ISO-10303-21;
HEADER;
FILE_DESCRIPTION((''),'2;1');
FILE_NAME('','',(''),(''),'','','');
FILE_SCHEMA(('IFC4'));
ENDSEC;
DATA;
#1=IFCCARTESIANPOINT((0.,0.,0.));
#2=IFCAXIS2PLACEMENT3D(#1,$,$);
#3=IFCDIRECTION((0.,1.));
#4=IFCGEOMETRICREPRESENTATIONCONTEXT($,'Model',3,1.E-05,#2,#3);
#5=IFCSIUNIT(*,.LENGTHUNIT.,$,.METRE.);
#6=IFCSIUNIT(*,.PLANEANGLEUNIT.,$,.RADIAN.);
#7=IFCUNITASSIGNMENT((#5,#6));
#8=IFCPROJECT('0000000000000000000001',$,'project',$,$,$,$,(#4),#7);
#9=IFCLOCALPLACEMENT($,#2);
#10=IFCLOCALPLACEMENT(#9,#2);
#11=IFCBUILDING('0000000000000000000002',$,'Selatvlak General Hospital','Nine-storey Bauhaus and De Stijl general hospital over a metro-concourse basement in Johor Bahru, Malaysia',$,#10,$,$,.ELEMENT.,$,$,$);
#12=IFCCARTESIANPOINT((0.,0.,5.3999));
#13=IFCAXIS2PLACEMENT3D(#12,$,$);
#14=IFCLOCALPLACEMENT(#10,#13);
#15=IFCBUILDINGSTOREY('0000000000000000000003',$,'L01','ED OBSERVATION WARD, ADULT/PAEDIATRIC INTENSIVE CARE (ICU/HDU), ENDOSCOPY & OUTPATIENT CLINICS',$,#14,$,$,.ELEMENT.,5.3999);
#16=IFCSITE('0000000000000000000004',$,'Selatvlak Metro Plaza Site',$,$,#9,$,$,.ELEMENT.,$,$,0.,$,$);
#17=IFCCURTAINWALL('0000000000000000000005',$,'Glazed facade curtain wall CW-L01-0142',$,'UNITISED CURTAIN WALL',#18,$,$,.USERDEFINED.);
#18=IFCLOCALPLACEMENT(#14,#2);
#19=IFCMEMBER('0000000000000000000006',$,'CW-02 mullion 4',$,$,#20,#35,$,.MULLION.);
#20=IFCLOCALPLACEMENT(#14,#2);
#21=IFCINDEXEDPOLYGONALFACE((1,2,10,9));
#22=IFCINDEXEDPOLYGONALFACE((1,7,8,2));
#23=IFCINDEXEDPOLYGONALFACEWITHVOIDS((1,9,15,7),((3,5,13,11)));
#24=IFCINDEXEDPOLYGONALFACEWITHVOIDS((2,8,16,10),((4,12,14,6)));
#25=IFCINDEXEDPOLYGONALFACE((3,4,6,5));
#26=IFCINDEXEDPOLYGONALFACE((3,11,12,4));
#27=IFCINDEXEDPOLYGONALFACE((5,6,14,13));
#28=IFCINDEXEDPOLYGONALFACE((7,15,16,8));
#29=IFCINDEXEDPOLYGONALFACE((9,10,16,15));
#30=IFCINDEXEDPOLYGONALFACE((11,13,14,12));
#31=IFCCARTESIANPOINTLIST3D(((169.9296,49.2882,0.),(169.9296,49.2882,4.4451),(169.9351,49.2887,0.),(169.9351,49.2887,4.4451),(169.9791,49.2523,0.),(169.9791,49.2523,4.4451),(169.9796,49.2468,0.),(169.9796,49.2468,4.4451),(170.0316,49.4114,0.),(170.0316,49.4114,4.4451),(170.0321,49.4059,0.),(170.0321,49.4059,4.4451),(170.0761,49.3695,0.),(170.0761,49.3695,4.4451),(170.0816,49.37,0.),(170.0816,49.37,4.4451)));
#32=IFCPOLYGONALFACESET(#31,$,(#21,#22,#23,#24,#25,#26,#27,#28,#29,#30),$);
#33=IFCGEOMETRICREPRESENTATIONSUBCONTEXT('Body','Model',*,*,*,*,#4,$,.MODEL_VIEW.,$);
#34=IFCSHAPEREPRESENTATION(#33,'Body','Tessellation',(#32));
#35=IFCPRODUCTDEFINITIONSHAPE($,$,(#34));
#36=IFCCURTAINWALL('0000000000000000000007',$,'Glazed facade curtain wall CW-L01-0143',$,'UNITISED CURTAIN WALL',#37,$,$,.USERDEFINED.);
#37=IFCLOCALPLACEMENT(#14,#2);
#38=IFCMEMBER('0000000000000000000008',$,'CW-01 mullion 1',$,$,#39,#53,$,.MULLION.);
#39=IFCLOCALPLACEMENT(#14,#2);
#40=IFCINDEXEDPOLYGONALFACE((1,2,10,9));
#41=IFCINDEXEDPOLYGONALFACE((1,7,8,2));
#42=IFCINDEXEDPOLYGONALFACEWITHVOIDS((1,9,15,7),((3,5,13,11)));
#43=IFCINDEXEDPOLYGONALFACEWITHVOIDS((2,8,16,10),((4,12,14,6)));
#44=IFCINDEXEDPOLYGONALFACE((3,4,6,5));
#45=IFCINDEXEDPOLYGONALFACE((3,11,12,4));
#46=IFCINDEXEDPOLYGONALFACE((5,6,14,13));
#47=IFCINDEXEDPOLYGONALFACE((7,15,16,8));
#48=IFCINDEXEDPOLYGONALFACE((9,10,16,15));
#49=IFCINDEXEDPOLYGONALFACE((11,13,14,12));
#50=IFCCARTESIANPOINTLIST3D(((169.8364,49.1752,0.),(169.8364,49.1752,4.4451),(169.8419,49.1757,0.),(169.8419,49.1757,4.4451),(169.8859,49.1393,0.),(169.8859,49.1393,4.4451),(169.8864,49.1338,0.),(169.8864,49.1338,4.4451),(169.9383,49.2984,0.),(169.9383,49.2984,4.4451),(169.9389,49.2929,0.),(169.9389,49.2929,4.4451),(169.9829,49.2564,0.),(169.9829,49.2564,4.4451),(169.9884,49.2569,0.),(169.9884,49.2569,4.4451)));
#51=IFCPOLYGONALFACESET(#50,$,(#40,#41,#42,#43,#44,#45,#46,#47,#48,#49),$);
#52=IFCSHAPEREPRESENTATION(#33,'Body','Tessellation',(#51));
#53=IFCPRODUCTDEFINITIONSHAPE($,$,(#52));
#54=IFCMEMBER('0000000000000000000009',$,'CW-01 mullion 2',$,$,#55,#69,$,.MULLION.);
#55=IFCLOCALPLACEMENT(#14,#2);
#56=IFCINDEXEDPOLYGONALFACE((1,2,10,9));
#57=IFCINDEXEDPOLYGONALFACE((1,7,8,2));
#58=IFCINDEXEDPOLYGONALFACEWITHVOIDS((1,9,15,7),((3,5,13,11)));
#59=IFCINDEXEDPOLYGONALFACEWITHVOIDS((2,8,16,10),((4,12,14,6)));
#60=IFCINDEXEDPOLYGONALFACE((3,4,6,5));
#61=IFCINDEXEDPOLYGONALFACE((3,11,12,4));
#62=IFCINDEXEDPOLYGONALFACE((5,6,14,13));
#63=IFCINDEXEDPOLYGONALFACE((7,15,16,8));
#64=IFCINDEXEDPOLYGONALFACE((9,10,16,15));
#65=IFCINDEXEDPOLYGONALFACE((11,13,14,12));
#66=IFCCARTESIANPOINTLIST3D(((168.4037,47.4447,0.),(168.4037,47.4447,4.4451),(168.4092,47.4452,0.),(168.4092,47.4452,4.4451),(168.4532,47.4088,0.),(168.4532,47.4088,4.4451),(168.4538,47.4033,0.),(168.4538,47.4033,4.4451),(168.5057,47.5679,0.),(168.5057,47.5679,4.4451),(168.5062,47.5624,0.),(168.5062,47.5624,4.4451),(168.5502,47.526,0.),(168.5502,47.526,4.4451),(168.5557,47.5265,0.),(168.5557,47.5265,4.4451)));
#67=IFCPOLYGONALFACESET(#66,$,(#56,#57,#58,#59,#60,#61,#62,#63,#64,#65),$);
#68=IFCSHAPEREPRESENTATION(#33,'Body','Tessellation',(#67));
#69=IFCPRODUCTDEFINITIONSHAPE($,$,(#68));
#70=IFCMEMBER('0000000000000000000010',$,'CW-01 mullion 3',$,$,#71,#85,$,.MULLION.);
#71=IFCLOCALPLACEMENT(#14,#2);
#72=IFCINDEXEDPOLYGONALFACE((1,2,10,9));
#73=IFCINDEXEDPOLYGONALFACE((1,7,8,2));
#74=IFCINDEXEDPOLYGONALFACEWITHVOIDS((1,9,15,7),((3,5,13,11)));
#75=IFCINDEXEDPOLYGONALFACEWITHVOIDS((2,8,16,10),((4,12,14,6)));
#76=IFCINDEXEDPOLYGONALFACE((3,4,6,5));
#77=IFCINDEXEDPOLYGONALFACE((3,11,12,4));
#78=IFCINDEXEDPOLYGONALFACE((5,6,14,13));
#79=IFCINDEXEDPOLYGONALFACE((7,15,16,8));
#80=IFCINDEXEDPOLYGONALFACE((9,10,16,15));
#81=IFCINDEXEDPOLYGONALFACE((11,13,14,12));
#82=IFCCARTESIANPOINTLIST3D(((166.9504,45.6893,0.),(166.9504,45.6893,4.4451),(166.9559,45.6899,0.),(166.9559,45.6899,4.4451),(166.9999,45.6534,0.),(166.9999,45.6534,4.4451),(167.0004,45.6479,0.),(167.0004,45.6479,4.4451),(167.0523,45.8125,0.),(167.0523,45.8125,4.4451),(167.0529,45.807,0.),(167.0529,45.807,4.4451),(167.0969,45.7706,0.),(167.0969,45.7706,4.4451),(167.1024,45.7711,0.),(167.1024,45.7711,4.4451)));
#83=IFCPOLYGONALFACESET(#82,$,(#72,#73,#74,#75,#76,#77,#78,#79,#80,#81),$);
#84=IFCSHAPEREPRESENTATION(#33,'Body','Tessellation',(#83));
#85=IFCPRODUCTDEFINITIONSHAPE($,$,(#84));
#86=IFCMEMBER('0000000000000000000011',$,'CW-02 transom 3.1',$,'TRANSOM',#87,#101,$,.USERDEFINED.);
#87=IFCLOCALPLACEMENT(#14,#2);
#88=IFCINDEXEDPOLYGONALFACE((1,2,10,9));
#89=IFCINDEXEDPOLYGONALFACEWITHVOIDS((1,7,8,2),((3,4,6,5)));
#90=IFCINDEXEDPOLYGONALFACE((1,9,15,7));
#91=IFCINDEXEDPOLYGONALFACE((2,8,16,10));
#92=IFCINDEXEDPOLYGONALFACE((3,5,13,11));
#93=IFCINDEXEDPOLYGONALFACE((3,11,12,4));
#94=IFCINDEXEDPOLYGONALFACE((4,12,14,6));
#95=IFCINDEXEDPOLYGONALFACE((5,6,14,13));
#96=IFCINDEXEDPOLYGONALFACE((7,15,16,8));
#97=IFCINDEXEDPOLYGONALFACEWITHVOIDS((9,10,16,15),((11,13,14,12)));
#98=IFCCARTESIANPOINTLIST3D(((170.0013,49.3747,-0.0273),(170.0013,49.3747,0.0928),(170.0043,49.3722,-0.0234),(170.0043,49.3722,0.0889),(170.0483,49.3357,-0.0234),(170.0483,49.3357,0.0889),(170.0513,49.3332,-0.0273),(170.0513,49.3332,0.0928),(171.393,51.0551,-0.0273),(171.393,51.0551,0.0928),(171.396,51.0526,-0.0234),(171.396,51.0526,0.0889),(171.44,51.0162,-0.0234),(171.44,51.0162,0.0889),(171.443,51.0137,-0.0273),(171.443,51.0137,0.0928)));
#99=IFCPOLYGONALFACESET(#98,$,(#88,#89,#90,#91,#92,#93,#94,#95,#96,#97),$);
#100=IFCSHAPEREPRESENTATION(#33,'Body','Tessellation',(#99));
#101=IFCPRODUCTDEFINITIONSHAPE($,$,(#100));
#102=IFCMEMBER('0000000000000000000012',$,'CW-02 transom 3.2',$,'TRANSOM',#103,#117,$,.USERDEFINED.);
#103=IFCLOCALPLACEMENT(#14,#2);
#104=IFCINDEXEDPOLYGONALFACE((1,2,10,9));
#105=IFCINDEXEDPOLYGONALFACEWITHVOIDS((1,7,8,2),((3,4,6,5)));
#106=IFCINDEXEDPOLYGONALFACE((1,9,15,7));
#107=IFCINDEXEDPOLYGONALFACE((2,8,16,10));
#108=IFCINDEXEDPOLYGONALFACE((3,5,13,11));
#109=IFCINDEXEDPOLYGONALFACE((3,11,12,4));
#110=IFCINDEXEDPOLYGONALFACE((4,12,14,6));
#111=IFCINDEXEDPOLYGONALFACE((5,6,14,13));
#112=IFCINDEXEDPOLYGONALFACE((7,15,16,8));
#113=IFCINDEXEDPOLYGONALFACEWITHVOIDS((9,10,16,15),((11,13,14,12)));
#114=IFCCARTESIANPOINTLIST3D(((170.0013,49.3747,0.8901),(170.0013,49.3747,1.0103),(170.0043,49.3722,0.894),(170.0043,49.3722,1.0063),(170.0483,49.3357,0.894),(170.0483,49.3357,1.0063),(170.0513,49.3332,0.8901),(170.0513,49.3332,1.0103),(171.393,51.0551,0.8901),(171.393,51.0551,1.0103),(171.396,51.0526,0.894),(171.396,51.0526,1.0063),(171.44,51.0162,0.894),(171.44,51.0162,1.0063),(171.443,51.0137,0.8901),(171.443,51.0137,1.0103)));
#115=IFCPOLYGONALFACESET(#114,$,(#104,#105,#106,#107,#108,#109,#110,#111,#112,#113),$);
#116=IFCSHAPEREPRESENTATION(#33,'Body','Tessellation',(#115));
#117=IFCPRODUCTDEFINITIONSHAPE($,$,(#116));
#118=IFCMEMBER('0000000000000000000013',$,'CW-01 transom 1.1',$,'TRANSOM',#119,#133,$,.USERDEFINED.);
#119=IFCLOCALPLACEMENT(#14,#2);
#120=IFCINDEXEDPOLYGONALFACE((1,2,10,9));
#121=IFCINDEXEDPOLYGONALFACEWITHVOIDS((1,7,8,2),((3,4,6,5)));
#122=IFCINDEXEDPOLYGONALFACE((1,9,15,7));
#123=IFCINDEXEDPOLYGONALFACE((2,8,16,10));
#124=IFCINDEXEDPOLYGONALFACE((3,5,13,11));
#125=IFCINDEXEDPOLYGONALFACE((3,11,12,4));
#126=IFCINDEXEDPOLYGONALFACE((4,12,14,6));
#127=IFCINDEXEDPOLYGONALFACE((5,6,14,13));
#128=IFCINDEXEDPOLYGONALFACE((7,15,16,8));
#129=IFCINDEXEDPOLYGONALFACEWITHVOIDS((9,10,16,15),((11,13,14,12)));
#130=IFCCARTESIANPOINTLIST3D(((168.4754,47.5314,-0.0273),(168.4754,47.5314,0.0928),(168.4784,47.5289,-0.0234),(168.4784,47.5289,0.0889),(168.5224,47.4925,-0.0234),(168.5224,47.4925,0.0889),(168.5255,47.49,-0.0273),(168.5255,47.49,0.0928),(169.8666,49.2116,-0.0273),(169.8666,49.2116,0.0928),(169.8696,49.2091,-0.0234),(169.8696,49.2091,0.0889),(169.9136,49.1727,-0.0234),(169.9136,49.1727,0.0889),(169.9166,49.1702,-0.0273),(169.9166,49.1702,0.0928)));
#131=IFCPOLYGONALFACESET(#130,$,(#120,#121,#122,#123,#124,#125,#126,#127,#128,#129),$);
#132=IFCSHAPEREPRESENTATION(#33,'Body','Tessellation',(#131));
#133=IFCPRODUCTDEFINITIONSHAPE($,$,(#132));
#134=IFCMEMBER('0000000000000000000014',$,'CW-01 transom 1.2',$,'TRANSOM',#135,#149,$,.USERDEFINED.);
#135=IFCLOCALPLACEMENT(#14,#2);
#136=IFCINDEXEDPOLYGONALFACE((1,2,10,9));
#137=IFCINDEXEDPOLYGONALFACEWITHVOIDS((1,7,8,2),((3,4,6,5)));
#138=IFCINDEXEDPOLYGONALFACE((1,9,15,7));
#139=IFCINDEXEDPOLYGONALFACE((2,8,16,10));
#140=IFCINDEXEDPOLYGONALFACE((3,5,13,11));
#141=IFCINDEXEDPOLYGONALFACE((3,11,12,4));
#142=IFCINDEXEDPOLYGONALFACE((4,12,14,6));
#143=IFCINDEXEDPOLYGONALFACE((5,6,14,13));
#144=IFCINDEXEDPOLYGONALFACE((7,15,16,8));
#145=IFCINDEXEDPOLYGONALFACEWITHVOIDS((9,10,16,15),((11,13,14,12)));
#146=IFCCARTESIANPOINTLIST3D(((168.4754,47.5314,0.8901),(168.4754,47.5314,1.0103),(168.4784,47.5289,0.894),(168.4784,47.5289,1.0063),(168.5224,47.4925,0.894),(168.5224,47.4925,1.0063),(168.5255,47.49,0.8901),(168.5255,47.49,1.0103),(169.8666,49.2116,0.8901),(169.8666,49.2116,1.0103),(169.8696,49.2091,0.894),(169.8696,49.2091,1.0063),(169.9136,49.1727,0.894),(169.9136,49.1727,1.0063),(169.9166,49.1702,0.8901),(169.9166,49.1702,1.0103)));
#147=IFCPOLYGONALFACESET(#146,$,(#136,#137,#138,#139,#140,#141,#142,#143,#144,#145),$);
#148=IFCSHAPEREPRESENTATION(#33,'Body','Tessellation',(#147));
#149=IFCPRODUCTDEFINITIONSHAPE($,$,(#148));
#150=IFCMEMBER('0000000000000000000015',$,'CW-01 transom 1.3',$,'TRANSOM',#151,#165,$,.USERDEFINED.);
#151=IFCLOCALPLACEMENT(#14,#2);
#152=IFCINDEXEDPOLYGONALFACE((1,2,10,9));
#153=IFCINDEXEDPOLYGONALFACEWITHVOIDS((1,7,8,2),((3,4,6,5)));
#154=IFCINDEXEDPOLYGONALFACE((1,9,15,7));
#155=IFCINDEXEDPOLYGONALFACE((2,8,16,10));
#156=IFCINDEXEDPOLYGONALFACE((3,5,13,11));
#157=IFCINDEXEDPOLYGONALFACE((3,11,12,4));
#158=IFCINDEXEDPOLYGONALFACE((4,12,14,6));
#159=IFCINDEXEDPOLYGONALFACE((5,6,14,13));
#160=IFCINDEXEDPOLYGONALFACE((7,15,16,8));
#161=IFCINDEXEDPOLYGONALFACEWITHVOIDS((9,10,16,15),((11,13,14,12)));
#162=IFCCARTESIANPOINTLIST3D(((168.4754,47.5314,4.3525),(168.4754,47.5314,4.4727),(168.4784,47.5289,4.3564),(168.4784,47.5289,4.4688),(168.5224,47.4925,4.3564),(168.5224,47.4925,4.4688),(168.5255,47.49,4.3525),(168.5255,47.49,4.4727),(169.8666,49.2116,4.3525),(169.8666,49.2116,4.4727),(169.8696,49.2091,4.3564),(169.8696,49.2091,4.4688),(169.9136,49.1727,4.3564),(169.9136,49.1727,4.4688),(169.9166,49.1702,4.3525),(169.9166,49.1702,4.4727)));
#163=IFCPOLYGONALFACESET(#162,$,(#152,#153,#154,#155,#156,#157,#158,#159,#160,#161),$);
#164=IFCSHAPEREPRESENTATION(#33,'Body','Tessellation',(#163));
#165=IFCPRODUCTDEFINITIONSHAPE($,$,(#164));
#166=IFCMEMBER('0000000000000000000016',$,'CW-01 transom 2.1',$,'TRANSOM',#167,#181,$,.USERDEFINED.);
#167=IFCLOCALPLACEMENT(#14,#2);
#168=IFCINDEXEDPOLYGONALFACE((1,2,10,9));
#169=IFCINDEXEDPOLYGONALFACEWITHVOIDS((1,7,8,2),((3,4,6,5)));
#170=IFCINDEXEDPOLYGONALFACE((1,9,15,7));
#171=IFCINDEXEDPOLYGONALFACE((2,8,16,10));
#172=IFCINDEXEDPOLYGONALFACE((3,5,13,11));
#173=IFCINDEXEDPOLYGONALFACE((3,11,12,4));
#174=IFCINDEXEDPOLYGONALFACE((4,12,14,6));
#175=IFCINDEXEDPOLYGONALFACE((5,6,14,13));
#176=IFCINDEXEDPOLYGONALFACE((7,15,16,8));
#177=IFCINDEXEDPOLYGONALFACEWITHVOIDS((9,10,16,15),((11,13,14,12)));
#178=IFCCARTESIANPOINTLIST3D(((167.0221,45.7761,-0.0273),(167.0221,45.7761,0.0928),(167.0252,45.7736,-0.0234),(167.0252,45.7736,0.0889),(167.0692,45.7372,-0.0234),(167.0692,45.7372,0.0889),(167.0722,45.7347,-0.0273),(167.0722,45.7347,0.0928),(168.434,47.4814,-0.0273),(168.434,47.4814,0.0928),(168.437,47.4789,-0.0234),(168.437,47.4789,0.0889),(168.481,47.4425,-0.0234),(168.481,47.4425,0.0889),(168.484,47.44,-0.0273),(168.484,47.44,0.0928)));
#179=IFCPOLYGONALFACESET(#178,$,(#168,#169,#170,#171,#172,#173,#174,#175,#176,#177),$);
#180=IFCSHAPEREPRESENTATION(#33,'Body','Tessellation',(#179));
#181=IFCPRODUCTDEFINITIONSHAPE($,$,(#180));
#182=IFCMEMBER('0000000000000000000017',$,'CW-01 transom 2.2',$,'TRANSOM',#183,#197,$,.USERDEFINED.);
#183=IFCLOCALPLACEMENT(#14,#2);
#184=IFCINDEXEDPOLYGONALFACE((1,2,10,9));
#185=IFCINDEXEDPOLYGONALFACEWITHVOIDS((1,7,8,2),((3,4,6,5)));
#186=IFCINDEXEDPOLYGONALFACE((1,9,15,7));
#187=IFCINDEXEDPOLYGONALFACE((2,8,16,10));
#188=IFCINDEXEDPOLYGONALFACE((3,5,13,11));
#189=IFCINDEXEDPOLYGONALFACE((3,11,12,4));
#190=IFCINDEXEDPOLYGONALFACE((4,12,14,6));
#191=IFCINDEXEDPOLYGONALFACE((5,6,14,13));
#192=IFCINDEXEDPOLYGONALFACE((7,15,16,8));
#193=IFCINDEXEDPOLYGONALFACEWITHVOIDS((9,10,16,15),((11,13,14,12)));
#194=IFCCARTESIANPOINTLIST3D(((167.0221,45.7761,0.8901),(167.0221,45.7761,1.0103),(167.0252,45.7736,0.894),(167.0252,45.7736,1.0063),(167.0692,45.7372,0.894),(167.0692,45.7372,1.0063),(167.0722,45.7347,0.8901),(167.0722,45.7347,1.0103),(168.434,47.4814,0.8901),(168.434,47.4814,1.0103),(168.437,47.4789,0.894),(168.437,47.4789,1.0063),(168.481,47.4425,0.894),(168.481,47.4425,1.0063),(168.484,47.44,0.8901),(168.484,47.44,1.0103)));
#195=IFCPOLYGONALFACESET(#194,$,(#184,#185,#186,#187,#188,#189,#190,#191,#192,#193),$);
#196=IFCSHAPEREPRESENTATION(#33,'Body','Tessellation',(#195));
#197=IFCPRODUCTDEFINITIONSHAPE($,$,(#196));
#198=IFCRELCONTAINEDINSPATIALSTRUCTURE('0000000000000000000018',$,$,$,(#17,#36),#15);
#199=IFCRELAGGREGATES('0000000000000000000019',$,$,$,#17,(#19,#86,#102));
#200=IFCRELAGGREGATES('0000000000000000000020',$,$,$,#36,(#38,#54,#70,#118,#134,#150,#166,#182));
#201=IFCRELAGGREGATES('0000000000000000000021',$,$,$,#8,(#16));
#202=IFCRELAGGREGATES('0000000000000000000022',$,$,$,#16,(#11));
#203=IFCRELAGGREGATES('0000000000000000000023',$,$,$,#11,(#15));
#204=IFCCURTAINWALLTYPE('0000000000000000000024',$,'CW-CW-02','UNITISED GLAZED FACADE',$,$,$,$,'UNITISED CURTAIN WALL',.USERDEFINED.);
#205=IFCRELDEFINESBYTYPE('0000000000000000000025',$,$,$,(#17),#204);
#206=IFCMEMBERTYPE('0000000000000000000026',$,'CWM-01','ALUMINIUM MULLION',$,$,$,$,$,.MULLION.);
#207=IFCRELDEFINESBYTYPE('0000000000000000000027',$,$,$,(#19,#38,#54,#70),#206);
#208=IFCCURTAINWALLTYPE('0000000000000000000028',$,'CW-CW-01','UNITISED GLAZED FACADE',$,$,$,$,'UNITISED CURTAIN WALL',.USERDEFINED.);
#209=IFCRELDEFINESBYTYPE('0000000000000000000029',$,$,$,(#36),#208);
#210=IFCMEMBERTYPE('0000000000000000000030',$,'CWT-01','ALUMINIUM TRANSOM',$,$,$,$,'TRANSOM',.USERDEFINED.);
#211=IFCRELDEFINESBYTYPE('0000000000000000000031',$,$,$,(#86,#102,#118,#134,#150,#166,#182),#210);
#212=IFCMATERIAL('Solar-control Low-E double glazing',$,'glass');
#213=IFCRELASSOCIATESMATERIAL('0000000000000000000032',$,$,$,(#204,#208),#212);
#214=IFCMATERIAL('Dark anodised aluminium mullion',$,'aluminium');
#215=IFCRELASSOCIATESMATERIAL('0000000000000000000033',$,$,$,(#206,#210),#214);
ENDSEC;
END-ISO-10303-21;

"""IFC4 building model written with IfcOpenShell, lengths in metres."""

from ifc_helpers import new_model, si_unit, direction, frame, origin, origin_2d, place, context, subcontext, project, spatial, hollow_rectangle, extrude, material, material_profile, profile_set, type_object, element, aggregate, save


model = new_model("IFC4")

# Units and contexts
model_context = context("Model", 3, precision=1e-05, world=origin(), true_north=direction((0.0, 1.0)))
body_context = subcontext(model_context, "Body", "Model", "MODEL_VIEW")
ifc_project = project(units=[si_unit("LENGTHUNIT", "METRE"), si_unit("PLANEANGLEUNIT", "RADIAN")], contexts=[model_context])

# Site, building, storey
site_placement = place(None, origin())
site = spatial("IfcSite", under=ifc_project, at=site_placement, Name="Selatvlak Metro Plaza Site", CompositionType="ELEMENT", RefElevation=0.0)
building_placement = place(site_placement, origin())
building = spatial("IfcBuilding", under=site, at=building_placement, Name="Selatvlak General Hospital", Description="Nine-storey Bauhaus and De Stijl general hospital over a metro-concourse basement in Johor Bahru, Malaysia", CompositionType="ELEMENT")
storey_placement = place(building_placement, frame((0.0, 0.0, 5.3999)))
storey = spatial("IfcBuildingStorey", under=building, at=storey_placement, Name="L01", Description="ED OBSERVATION WARD, ADULT/PAEDIATRIC INTENSIVE CARE (ICU/HDU), ENDOSCOPY & OUTPATIENT CLINICS", CompositionType="ELEMENT", Elevation=5.3999)

# Curtain wall, member
ifc_material_1 = material(Name="Solar-control Low-E double glazing", Category="glass")
curtain_wall_type_1 = type_object("IfcCurtainWallType", Name="CW-CW-02", Description="UNITISED GLAZED FACADE", ElementType="UNITISED CURTAIN WALL", PredefinedType="USERDEFINED", material=ifc_material_1)
curtain_wall_1_placement = place(storey_placement, origin())
curtain_wall_1 = element("IfcCurtainWall", 1, at=curtain_wall_1_placement, inside=storey, type_object=curtain_wall_type_1, Name="Glazed facade curtain wall CW-L01-0142", ObjectType="UNITISED CURTAIN WALL", PredefinedType="USERDEFINED")
ifc_material_2 = material(Name="Dark anodised aluminium mullion", Category="aluminium")
ifc_material_profile_1 = material_profile(ifc_material_2, hollow_rectangle(XDim=0.0649, YDim=0.1599, WallThickness=0.0039, at=origin_2d()), Name="AL-MUL 65x160x4")
ifc_profile_set_1 = profile_set([ifc_material_profile_1], Name="Dark anodised aluminium mullion")
member_type_1 = type_object("IfcMemberType", Name="CWM-01", Description="ALUMINIUM MULLION", PredefinedType="MULLION", material=ifc_profile_set_1)
member_1_placement = place(storey_placement, frame((170.0056, 49.3291, 0.0), z_axis=(0.0, 0.0, 1.0), x_axis=(0.770184, -0.637822, 0.0)))
member_1 = element("IfcMember", 2, at=member_1_placement, type_object=member_type_1, Name="CW-02 mullion 4", PredefinedType="MULLION", context=body_context, shape_type="SweptSolid", body=[
    extrude(hollow_rectangle(XDim=0.0649, YDim=0.1599, WallThickness=0.0039, at=origin_2d()), origin(), (0.0, 0.0, 1.0), 4.4451),
])

# Curtain wall, members
curtain_wall_type_2 = type_object("IfcCurtainWallType", Name="CW-CW-01", Description="UNITISED GLAZED FACADE", ElementType="UNITISED CURTAIN WALL", PredefinedType="USERDEFINED", material=ifc_material_1)
curtain_wall_2_placement = place(storey_placement, origin())
curtain_wall_2 = element("IfcCurtainWall", 3, at=curtain_wall_2_placement, inside=storey, type_object=curtain_wall_type_2, Name="Glazed facade curtain wall CW-L01-0143", ObjectType="UNITISED CURTAIN WALL", PredefinedType="USERDEFINED")
member_2_placement = place(storey_placement, frame((169.9124, 49.2161, 0.0), z_axis=(0.0, 0.0, 1.0), x_axis=(0.770256, -0.637735, 0.0)))
member_2 = element("IfcMember", 4, at=member_2_placement, type_object=member_type_1, Name="CW-01 mullion 1", PredefinedType="MULLION", context=body_context, shape_type="SweptSolid", body=[
    extrude(hollow_rectangle(XDim=0.0649, YDim=0.1599, WallThickness=0.0039, at=origin_2d()), origin(), (0.0, 0.0, 1.0), 4.4451),
])
member_3_placement = place(storey_placement, frame((168.4797, 47.4856, 0.0), z_axis=(0.0, 0.0, 1.0), x_axis=(0.770256, -0.637735, 0.0)))
member_3 = element("IfcMember", 5, at=member_3_placement, type_object=member_type_1, Name="CW-01 mullion 2", PredefinedType="MULLION", context=body_context, shape_type="SweptSolid", body=[
    extrude(hollow_rectangle(XDim=0.0649, YDim=0.1599, WallThickness=0.0039, at=origin_2d()), origin(), (0.0, 0.0, 1.0), 4.4451),
])
member_4_placement = place(storey_placement, frame((167.0264, 45.7302, 0.0), z_axis=(0.0, 0.0, 1.0), x_axis=(0.770256, -0.637735, 0.0)))
member_4 = element("IfcMember", 6, at=member_4_placement, type_object=member_type_1, Name="CW-01 mullion 3", PredefinedType="MULLION", context=body_context, shape_type="SweptSolid", body=[
    extrude(hollow_rectangle(XDim=0.0649, YDim=0.1599, WallThickness=0.0039, at=origin_2d()), origin(), (0.0, 0.0, 1.0), 4.4451),
])

# Members
ifc_material_profile_2 = material_profile(ifc_material_2, hollow_rectangle(XDim=0.0649, YDim=0.1201, WallThickness=0.0039, at=origin_2d()), Name="AL-TRN 65x120x4")
ifc_profile_set_2 = profile_set([ifc_material_profile_2], Name="Dark anodised aluminium mullion")
member_type_2 = type_object("IfcMemberType", Name="CWT-01", Description="ALUMINIUM TRANSOM", ElementType="TRANSOM", PredefinedType="USERDEFINED", material=ifc_profile_set_2)
member_5_placement = place(storey_placement, frame((171.418, 51.0344, 0.0327), z_axis=(-0.637815, -0.77019, 0.0), x_axis=(0.77019, -0.637815, 0.0)))
member_5 = element("IfcMember", 7, at=member_5_placement, type_object=member_type_2, Name="CW-02 transom 3.1", ObjectType="TRANSOM", PredefinedType="USERDEFINED", context=body_context, shape_type="SweptSolid", body=[
    extrude(hollow_rectangle(XDim=0.0649, YDim=0.1201, WallThickness=0.0039, at=origin_2d()), origin(), (0.0, 0.0, 1.0), 2.1819),
])
member_6_placement = place(storey_placement, frame((171.418, 51.0344, 0.9502), z_axis=(-0.637815, -0.77019, 0.0), x_axis=(0.77019, -0.637815, 0.0)))
member_6 = element("IfcMember", 8, at=member_6_placement, type_object=member_type_2, Name="CW-02 transom 3.2", ObjectType="TRANSOM", PredefinedType="USERDEFINED", context=body_context, shape_type="SweptSolid", body=[
    extrude(hollow_rectangle(XDim=0.0649, YDim=0.1201, WallThickness=0.0039, at=origin_2d()), origin(), (0.0, 0.0, 1.0), 2.1819),
])
member_7_placement = place(storey_placement, frame((169.8916, 49.1909, 0.0327), z_axis=(-0.637737, -0.770254, 0.0), x_axis=(0.770254, -0.637737, 0.0)))
member_7 = element("IfcMember", 9, at=member_7_placement, type_object=member_type_2, Name="CW-01 transom 1.1", ObjectType="TRANSOM", PredefinedType="USERDEFINED", context=body_context, shape_type="SweptSolid", body=[
    extrude(hollow_rectangle(XDim=0.0649, YDim=0.1201, WallThickness=0.0039, at=origin_2d()), origin(), (0.0, 0.0, 1.0), 2.1814),
])
member_8_placement = place(storey_placement, frame((169.8916, 49.1909, 0.9502), z_axis=(-0.637737, -0.770254, 0.0), x_axis=(0.770254, -0.637737, 0.0)))
member_8 = element("IfcMember", 10, at=member_8_placement, type_object=member_type_2, Name="CW-01 transom 1.2", ObjectType="TRANSOM", PredefinedType="USERDEFINED", context=body_context, shape_type="SweptSolid", body=[
    extrude(hollow_rectangle(XDim=0.0649, YDim=0.1201, WallThickness=0.0039, at=origin_2d()), origin(), (0.0, 0.0, 1.0), 2.1814),
])
member_9_placement = place(storey_placement, frame((169.8916, 49.1909, 4.4126), z_axis=(-0.637737, -0.770254, 0.0), x_axis=(0.770254, -0.637737, 0.0)))
member_9 = element("IfcMember", 11, at=member_9_placement, type_object=member_type_2, Name="CW-01 transom 1.3", ObjectType="TRANSOM", PredefinedType="USERDEFINED", context=body_context, shape_type="SweptSolid", body=[
    extrude(hollow_rectangle(XDim=0.0649, YDim=0.1201, WallThickness=0.0039, at=origin_2d()), origin(), (0.0, 0.0, 1.0), 2.1814),
])
member_10_placement = place(storey_placement, frame((168.459, 47.4607, 0.0327), z_axis=(-0.637719, -0.770269, 0.0), x_axis=(0.770269, -0.637719, 0.0)))
member_10 = element("IfcMember", 12, at=member_10_placement, type_object=member_type_2, Name="CW-01 transom 2.1", ObjectType="TRANSOM", PredefinedType="USERDEFINED", context=body_context, shape_type="SweptSolid", body=[
    extrude(hollow_rectangle(XDim=0.0649, YDim=0.1201, WallThickness=0.0039, at=origin_2d()), origin(), (0.0, 0.0, 1.0), 2.2139),
])
member_11_placement = place(storey_placement, frame((168.459, 47.4607, 0.9502), z_axis=(-0.637719, -0.770269, 0.0), x_axis=(0.770269, -0.637719, 0.0)))
member_11 = element("IfcMember", 13, at=member_11_placement, type_object=member_type_2, Name="CW-01 transom 2.2", ObjectType="TRANSOM", PredefinedType="USERDEFINED", context=body_context, shape_type="SweptSolid", body=[
    extrude(hollow_rectangle(XDim=0.0649, YDim=0.1201, WallThickness=0.0039, at=origin_2d()), origin(), (0.0, 0.0, 1.0), 2.2139),
])

aggregate(curtain_wall_1, [member_1, member_5, member_6])
aggregate(curtain_wall_2, [member_2, member_3, member_4, member_7, member_8, member_9, member_10, member_11])

save(model, "model.ifc")
